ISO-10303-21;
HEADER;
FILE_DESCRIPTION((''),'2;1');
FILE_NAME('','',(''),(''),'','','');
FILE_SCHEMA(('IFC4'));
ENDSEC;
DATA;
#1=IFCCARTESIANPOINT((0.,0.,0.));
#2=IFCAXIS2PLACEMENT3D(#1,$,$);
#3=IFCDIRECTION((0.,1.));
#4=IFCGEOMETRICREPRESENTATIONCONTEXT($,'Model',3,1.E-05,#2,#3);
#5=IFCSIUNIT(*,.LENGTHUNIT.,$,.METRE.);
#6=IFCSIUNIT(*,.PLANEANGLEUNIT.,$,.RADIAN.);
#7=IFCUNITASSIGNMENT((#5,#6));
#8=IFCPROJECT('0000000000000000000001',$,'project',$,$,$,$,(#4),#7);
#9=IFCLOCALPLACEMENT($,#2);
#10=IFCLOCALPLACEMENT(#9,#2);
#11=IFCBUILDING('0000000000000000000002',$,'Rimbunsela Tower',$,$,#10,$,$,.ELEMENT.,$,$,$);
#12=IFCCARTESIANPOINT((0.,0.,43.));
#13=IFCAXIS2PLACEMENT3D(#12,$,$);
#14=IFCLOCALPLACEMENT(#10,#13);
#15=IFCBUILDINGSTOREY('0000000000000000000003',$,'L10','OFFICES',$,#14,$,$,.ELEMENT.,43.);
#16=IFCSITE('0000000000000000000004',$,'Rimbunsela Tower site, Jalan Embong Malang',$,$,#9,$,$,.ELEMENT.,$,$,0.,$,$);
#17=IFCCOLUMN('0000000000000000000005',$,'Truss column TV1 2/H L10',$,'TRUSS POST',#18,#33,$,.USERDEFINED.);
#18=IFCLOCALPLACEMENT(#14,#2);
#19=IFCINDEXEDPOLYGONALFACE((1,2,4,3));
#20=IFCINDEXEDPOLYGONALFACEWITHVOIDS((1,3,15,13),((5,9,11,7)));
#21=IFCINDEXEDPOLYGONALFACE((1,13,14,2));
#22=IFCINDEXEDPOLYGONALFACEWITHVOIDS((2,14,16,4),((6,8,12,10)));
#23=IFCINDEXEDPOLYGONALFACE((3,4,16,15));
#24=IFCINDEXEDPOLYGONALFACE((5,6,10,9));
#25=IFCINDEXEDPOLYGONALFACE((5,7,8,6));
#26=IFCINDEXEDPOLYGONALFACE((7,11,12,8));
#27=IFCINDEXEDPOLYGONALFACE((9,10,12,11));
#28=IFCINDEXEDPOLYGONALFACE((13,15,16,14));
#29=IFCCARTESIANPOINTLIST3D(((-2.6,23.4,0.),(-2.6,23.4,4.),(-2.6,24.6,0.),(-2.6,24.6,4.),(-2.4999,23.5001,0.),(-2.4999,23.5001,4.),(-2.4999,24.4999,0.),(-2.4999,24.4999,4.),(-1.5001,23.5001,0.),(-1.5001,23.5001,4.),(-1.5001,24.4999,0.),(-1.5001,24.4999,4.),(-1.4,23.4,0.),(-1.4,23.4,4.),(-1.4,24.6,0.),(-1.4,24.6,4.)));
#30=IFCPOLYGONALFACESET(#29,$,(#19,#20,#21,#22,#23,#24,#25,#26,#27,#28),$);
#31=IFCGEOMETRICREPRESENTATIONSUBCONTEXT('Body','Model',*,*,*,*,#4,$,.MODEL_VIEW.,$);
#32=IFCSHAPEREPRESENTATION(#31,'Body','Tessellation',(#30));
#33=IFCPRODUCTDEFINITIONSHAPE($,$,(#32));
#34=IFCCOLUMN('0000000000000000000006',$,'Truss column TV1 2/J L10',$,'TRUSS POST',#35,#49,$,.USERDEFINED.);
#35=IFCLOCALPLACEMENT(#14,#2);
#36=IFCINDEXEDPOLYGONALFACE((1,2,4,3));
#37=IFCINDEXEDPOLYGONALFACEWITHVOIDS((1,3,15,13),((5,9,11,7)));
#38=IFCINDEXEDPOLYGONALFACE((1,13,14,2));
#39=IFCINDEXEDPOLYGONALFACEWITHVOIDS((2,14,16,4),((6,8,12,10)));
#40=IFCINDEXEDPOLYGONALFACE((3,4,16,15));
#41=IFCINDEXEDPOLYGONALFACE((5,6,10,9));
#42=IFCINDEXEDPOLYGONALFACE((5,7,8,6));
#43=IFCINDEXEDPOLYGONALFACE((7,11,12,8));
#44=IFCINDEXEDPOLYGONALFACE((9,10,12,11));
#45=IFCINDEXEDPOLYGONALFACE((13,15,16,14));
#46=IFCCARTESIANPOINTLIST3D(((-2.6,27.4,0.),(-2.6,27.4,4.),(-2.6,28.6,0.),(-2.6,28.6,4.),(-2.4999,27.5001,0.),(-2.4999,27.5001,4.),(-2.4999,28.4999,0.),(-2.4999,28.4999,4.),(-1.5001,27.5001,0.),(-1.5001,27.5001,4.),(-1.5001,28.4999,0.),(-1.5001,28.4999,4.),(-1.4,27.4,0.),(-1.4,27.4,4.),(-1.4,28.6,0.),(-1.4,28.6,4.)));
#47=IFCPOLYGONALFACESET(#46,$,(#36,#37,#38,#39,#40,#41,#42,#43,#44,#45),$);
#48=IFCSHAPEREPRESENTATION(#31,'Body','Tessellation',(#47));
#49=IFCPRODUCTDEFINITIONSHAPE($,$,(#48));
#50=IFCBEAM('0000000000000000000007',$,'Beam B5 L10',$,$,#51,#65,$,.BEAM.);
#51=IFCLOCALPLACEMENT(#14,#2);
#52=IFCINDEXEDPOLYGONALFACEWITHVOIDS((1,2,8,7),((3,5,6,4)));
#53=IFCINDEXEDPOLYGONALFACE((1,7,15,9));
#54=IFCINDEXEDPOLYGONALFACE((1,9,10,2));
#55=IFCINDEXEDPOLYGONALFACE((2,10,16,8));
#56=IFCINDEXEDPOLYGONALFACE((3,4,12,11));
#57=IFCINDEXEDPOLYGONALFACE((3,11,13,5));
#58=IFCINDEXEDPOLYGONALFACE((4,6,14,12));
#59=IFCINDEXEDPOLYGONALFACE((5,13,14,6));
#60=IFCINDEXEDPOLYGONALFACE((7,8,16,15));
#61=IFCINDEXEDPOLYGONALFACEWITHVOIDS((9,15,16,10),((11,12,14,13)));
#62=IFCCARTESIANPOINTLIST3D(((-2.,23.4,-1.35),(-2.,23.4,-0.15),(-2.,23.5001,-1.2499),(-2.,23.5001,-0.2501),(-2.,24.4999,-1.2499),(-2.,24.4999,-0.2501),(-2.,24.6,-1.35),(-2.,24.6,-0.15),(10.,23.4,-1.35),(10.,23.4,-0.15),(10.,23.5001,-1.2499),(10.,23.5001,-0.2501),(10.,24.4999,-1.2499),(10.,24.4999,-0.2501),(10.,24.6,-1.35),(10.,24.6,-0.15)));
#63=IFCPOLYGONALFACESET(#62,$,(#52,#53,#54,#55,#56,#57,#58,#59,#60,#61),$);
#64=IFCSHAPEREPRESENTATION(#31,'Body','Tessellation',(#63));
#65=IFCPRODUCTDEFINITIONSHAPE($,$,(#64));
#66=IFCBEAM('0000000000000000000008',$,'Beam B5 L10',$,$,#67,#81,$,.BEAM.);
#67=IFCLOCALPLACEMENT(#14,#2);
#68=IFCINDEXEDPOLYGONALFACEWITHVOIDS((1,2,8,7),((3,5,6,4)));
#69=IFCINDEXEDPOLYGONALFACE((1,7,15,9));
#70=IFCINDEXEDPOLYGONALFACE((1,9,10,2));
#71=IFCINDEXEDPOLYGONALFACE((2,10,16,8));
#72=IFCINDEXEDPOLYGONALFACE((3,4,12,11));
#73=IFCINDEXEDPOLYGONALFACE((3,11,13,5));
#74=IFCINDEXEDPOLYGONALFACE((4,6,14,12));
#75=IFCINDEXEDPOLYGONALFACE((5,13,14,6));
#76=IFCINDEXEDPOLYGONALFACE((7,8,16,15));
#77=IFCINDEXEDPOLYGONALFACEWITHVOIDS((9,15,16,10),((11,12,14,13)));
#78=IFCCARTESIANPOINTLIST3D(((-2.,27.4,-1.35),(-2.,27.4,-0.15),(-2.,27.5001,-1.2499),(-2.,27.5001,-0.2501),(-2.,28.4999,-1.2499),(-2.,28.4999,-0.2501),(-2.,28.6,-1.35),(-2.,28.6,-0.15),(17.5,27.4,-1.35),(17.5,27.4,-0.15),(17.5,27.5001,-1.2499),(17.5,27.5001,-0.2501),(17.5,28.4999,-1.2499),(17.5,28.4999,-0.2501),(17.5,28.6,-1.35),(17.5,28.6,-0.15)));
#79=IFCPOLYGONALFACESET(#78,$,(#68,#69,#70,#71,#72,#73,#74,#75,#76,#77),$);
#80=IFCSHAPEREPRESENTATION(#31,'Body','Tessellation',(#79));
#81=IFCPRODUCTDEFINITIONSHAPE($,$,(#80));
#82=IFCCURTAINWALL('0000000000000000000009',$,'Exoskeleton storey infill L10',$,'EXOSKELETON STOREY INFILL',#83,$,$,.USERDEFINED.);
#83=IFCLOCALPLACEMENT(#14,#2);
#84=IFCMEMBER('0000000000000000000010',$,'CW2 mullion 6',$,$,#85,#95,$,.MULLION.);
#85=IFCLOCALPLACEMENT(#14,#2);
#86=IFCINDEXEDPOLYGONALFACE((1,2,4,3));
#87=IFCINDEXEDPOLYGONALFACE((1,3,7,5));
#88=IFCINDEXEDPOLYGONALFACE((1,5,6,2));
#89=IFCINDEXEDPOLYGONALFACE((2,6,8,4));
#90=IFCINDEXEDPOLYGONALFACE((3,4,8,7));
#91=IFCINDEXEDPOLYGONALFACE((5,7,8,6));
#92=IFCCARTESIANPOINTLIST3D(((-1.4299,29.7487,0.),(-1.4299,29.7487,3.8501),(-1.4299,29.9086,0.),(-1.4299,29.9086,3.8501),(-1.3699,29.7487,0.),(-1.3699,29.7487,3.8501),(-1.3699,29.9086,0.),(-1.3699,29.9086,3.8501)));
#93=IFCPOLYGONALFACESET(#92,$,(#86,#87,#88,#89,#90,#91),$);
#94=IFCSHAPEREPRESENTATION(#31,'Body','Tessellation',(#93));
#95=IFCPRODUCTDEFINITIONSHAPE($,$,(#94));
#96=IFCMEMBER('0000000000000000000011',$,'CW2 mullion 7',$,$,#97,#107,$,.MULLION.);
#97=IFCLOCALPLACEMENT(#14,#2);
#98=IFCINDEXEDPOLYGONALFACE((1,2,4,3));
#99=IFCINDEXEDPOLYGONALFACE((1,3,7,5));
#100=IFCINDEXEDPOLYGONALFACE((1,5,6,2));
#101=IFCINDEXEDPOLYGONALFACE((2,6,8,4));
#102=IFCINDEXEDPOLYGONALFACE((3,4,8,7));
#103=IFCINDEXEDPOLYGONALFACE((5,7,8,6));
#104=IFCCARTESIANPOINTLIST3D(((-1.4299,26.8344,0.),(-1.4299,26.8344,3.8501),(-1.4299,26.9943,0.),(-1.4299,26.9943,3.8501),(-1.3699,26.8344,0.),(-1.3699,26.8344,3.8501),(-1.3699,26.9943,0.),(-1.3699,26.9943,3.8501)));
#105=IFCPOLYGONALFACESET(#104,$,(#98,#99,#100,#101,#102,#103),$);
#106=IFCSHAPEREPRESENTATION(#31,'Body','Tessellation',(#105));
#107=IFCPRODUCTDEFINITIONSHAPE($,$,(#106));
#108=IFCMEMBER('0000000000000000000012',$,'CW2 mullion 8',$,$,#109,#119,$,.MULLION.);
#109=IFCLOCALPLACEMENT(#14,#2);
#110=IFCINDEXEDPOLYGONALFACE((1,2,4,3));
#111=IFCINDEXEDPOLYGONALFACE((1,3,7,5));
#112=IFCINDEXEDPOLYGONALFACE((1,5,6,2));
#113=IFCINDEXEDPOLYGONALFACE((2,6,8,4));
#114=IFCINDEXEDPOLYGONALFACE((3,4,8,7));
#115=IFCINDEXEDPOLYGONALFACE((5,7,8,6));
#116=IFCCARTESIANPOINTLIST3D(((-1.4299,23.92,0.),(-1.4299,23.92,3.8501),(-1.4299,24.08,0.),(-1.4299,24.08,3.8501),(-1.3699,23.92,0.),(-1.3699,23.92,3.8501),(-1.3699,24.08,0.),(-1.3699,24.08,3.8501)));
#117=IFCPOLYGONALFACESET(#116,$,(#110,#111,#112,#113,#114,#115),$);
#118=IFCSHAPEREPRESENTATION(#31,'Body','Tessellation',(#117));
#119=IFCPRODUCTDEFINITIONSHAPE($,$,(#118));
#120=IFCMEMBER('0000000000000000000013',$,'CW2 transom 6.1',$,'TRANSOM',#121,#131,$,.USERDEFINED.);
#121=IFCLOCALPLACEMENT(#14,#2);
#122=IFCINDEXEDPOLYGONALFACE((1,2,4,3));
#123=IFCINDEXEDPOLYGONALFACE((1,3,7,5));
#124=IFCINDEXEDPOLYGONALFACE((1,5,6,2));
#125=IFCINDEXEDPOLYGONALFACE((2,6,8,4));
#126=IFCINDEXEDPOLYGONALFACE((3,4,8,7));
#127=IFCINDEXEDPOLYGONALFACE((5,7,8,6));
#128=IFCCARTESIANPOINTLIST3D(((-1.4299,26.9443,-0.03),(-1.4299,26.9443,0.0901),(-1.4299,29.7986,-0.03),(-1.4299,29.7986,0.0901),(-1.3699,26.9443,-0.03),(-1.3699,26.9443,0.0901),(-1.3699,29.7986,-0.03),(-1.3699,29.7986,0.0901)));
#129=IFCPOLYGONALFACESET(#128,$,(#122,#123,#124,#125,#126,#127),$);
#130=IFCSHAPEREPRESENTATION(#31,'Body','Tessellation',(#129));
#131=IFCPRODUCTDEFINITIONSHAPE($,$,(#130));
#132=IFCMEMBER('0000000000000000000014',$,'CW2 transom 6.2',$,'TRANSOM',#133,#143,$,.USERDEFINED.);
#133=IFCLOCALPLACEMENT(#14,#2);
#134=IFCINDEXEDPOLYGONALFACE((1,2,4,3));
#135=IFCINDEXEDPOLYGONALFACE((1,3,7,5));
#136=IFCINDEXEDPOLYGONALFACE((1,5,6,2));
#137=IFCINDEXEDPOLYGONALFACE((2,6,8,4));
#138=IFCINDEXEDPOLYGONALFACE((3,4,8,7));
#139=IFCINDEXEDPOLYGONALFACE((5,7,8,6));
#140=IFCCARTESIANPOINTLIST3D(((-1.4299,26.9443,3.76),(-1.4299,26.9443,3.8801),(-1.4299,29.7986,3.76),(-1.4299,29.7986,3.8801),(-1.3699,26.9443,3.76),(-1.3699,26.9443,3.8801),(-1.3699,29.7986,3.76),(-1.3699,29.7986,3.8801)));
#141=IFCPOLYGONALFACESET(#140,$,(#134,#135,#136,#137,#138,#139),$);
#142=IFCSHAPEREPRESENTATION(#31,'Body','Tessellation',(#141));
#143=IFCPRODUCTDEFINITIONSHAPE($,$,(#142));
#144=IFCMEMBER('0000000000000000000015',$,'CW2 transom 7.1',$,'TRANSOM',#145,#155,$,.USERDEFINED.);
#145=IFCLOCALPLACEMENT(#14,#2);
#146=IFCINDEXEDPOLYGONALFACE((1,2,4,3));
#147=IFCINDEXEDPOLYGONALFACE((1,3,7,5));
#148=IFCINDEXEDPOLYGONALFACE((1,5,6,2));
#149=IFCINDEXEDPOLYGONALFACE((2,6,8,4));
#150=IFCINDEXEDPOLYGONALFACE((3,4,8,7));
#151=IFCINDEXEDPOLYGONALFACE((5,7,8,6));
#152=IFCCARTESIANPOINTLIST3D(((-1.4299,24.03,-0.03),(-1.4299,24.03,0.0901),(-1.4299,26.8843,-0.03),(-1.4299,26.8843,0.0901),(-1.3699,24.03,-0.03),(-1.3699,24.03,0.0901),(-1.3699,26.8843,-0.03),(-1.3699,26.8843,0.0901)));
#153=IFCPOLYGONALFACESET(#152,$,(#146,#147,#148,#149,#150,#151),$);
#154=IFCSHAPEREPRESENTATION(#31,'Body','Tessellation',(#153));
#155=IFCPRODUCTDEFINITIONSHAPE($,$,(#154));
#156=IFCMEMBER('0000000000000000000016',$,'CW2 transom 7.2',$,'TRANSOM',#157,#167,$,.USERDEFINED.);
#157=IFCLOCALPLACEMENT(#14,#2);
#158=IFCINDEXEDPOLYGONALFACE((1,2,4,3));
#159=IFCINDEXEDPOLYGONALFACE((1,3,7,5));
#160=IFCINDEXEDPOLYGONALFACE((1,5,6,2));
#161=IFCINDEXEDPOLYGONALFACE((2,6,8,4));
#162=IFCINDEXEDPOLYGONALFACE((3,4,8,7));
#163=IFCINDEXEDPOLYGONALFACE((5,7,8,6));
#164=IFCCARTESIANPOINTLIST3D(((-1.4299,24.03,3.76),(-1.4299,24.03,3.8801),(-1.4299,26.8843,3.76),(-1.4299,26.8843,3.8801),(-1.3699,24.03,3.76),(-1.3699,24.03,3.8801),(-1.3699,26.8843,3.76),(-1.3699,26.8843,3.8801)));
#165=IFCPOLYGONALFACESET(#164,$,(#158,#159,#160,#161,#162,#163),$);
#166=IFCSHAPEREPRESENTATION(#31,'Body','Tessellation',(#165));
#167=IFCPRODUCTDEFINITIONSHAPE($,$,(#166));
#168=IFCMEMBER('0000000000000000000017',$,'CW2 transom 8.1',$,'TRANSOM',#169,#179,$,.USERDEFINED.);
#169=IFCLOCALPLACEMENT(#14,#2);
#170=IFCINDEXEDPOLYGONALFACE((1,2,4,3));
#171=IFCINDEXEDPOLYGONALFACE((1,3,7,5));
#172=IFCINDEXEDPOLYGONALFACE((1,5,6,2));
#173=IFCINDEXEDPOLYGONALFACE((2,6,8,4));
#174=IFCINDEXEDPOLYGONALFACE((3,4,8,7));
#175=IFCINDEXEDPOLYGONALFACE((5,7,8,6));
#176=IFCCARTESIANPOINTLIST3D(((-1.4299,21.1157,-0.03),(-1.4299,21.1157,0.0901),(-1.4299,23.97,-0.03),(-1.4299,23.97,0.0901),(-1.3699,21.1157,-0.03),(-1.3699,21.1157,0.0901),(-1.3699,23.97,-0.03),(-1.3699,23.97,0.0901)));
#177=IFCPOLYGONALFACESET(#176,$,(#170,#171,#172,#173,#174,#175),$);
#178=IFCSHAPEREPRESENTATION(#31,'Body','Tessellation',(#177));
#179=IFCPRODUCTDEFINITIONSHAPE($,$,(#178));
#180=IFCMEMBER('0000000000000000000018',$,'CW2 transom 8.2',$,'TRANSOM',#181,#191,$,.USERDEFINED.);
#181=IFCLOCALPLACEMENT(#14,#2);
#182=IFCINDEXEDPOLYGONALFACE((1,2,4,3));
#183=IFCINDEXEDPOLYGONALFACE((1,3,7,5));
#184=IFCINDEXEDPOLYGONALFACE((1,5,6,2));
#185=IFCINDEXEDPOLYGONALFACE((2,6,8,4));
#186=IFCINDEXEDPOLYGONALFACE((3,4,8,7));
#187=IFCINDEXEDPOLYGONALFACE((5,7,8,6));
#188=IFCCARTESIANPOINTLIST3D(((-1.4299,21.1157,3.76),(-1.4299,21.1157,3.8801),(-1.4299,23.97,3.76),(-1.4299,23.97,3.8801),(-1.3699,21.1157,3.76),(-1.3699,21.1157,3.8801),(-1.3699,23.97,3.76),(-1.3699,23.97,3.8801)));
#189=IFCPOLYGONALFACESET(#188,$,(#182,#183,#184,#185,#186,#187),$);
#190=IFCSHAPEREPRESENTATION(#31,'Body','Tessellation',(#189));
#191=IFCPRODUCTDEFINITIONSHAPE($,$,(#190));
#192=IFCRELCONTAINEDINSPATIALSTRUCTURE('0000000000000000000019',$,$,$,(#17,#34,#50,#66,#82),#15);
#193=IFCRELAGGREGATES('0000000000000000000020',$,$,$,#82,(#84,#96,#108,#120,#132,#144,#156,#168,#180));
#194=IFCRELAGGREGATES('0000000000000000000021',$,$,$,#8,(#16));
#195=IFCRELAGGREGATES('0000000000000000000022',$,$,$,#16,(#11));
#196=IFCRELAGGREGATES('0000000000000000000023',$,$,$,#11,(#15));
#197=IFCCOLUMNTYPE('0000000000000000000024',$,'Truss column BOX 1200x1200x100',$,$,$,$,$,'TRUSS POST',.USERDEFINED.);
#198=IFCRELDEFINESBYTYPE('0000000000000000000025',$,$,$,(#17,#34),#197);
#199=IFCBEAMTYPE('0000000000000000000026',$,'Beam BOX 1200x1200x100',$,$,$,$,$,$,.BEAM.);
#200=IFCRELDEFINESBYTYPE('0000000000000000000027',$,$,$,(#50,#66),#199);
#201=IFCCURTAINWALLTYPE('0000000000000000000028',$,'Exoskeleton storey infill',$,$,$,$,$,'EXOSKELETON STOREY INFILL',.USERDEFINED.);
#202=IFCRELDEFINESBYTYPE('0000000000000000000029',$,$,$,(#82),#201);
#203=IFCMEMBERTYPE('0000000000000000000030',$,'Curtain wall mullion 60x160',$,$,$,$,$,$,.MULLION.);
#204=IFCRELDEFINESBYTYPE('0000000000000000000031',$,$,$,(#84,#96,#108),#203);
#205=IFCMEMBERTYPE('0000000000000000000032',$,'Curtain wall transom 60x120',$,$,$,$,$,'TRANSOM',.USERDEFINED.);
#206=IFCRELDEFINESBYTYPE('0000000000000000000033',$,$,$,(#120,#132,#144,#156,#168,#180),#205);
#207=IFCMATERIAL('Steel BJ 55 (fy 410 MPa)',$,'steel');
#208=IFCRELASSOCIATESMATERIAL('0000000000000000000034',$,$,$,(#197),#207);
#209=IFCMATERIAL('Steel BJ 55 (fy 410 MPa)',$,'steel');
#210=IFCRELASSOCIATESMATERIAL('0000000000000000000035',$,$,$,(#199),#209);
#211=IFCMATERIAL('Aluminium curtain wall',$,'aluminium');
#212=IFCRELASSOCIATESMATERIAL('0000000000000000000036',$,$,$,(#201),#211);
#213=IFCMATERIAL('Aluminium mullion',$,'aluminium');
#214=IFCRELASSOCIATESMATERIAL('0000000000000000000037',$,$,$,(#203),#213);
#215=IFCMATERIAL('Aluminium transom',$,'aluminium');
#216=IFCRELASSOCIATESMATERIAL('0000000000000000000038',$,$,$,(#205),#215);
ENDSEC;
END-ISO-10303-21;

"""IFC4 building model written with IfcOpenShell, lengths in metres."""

from ifc_helpers import new_model, si_unit, direction, frame, origin, origin_2d, place, context, subcontext, project, spatial, rectangle, hollow_rectangle, extrude, material, material_profile, profile_set, type_object, element, aggregate, save


model = new_model("IFC4")

# Units and contexts
model_context = context("Model", 3, precision=1e-05, world=origin(), true_north=direction((0.0, 1.0)))
body_context = subcontext(model_context, "Body", "Model", "MODEL_VIEW")
ifc_project = project(units=[si_unit("LENGTHUNIT", "METRE"), si_unit("PLANEANGLEUNIT", "RADIAN")], contexts=[model_context])

# Site, building, storey
site_placement = place(None, origin())
site = spatial("IfcSite", under=ifc_project, at=site_placement, Name="Rimbunsela Tower site, Jalan Embong Malang", CompositionType="ELEMENT", RefElevation=0.0)
building_placement = place(site_placement, origin())
building = spatial("IfcBuilding", under=site, at=building_placement, Name="Rimbunsela Tower", CompositionType="ELEMENT")
storey_placement = place(building_placement, frame((0.0, 0.0, 43.0)))
storey = spatial("IfcBuildingStorey", under=building, at=storey_placement, Name="L10", Description="OFFICES", CompositionType="ELEMENT", Elevation=43.0)

# Columns
ifc_material_1 = material(Name="Steel BJ 55 (fy 410 MPa)", Category="steel")
ifc_material_profile_1 = material_profile(ifc_material_1, hollow_rectangle(XDim=1.2, YDim=1.2, WallThickness=0.1001, at=origin_2d()), Name="BOX 1200x1200x100")
ifc_profile_set_1 = profile_set([ifc_material_profile_1], Name="Steel BJ 55 (fy 410 MPa)")
column_type = type_object("IfcColumnType", Name="Truss column BOX 1200x1200x100", ElementType="TRUSS POST", PredefinedType="USERDEFINED", material=ifc_profile_set_1)
for number, where, z_axis, x_axis, name in (
    (1, (-2.0, 24.0, 0.0), (0.0, 0.0, 1.0), (1.0, 0.0, 0.0), "Truss column TV1 2/H L10"),
    (2, (-2.0, 28.0, 0.0), (0.0, 0.0, 1.0), (1.0, 0.0, 0.0), "Truss column TV1 2/J L10"),
):
    element("IfcColumn", number, at=place(storey_placement, frame(where, z_axis=z_axis, x_axis=x_axis)), inside=storey, type_object=column_type, Name=name, ObjectType="TRUSS POST", PredefinedType="USERDEFINED", context=body_context, shape_type="SweptSolid", body=[
        extrude(hollow_rectangle(XDim=1.2, YDim=1.2, WallThickness=0.1001, at=origin_2d()), origin(), (0.0, 0.0, 1.0), 4.0),
    ])

# Beams
ifc_material_2 = material(Name="Steel BJ 55 (fy 410 MPa)", Category="steel")
ifc_material_profile_2 = material_profile(ifc_material_2, hollow_rectangle(XDim=1.2, YDim=1.2, WallThickness=0.1001, at=origin_2d()), Name="BOX 1200x1200x100")
ifc_profile_set_2 = profile_set([ifc_material_profile_2], Name="Steel BJ 55 (fy 410 MPa)")
beam_type_1 = type_object("IfcBeamType", Name="Beam BOX 1200x1200x100", PredefinedType="BEAM", material=ifc_profile_set_2)
beam_1_placement = place(storey_placement, frame((-2.0, 24.0, -0.75), z_axis=(1.0, 0.0, 0.0), x_axis=(0.0, 1.0, 0.0)))
element("IfcBeam", 3, at=beam_1_placement, inside=storey, type_object=beam_type_1, Name="Beam B5 L10", PredefinedType="BEAM", context=body_context, shape_type="SweptSolid", body=[
    extrude(hollow_rectangle(XDim=1.2, YDim=1.2, WallThickness=0.1001, at=origin_2d()), origin(), (0.0, 0.0, 1.0), 12.0),
])
beam_2_placement = place(storey_placement, frame((-2.0, 28.0, -0.75), z_axis=(1.0, 0.0, 0.0), x_axis=(0.0, 1.0, 0.0)))
element("IfcBeam", 4, at=beam_2_placement, inside=storey, type_object=beam_type_1, Name="Beam B5 L10", PredefinedType="BEAM", context=body_context, shape_type="SweptSolid", body=[
    extrude(hollow_rectangle(XDim=1.2, YDim=1.2, WallThickness=0.1001, at=origin_2d()), origin(), (0.0, 0.0, 1.0), 19.5),
])

# Curtain wall, members
ifc_material_3 = material(Name="Aluminium curtain wall", Category="aluminium")
curtain_wall_type = type_object("IfcCurtainWallType", Name="Exoskeleton storey infill", ElementType="EXOSKELETON STOREY INFILL", PredefinedType="USERDEFINED", material=ifc_material_3)
curtain_wall_placement = place(storey_placement, origin())
curtain_wall = element("IfcCurtainWall", 5, at=curtain_wall_placement, inside=storey, type_object=curtain_wall_type, Name="Exoskeleton storey infill L10", ObjectType="EXOSKELETON STOREY INFILL", PredefinedType="USERDEFINED")
ifc_material_4 = material(Name="Aluminium mullion", Category="aluminium")
ifc_material_profile_3 = material_profile(ifc_material_4, rectangle(XDim=0.0601, YDim=0.1599, at=origin_2d()), Name="Mullion 60x160")
ifc_profile_set_3 = profile_set([ifc_material_profile_3], Name="Aluminium mullion")
member_type_1 = type_object("IfcMemberType", Name="Curtain wall mullion 60x160", PredefinedType="MULLION", material=ifc_profile_set_3)
member_1_placement = place(storey_placement, frame((-1.3999, 29.8286, 0.0), z_axis=(0.0, 0.0, 1.0), x_axis=(1.0, 0.0, 0.0)))
member_1 = element("IfcMember", 6, at=member_1_placement, type_object=member_type_1, Name="CW2 mullion 6", PredefinedType="MULLION", context=body_context, shape_type="SweptSolid", body=[
    extrude(rectangle(XDim=0.0601, YDim=0.1599, at=origin_2d()), origin(), (0.0, 0.0, 1.0), 3.8501),
])
member_2_placement = place(storey_placement, frame((-1.3999, 26.9143, 0.0), z_axis=(0.0, 0.0, 1.0), x_axis=(1.0, 0.0, 0.0)))
member_2 = element("IfcMember", 7, at=member_2_placement, type_object=member_type_1, Name="CW2 mullion 7", PredefinedType="MULLION", context=body_context, shape_type="SweptSolid", body=[
    extrude(rectangle(XDim=0.0601, YDim=0.1599, at=origin_2d()), origin(), (0.0, 0.0, 1.0), 3.8501),
])
member_3_placement = place(storey_placement, frame((-1.3999, 24.0, 0.0), z_axis=(0.0, 0.0, 1.0), x_axis=(1.0, 0.0, 0.0)))
member_3 = element("IfcMember", 8, at=member_3_placement, type_object=member_type_1, Name="CW2 mullion 8", PredefinedType="MULLION", context=body_context, shape_type="SweptSolid", body=[
    extrude(rectangle(XDim=0.0601, YDim=0.1599, at=origin_2d()), origin(), (0.0, 0.0, 1.0), 3.8501),
])
ifc_material_5 = material(Name="Aluminium transom", Category="aluminium")
ifc_material_profile_4 = material_profile(ifc_material_5, rectangle(XDim=0.0601, YDim=0.1201, at=origin_2d()), Name="Transom 60x120")
ifc_profile_set_4 = profile_set([ifc_material_profile_4], Name="Aluminium transom")
member_type_2 = type_object("IfcMemberType", Name="Curtain wall transom 60x120", ElementType="TRANSOM", PredefinedType="USERDEFINED", material=ifc_profile_set_4)
member_4_placement = place(storey_placement, frame((-1.3999, 29.7986, 0.03), z_axis=(0.0, -1.0, 0.0), x_axis=(1.0, 0.0, 0.0)))
member_4 = element("IfcMember", 9, at=member_4_placement, type_object=member_type_2, Name="CW2 transom 6.1", ObjectType="TRANSOM", PredefinedType="USERDEFINED", context=body_context, shape_type="SweptSolid", body=[
    extrude(rectangle(XDim=0.0601, YDim=0.1201, at=origin_2d()), origin(), (0.0, 0.0, 1.0), 2.8542),
])
member_5_placement = place(storey_placement, frame((-1.3999, 29.7986, 3.8201), z_axis=(0.0, -1.0, 0.0), x_axis=(1.0, 0.0, 0.0)))
member_5 = element("IfcMember", 10, at=member_5_placement, type_object=member_type_2, Name="CW2 transom 6.2", ObjectType="TRANSOM", PredefinedType="USERDEFINED", context=body_context, shape_type="SweptSolid", body=[
    extrude(rectangle(XDim=0.0601, YDim=0.1201, at=origin_2d()), origin(), (0.0, 0.0, 1.0), 2.8542),
])
member_6_placement = place(storey_placement, frame((-1.3999, 26.8843, 0.03), z_axis=(0.0, -1.0, 0.0), x_axis=(1.0, 0.0, 0.0)))
member_6 = element("IfcMember", 11, at=member_6_placement, type_object=member_type_2, Name="CW2 transom 7.1", ObjectType="TRANSOM", PredefinedType="USERDEFINED", context=body_context, shape_type="SweptSolid", body=[
    extrude(rectangle(XDim=0.0601, YDim=0.1201, at=origin_2d()), origin(), (0.0, 0.0, 1.0), 2.8542),
])
member_7_placement = place(storey_placement, frame((-1.3999, 26.8843, 3.8201), z_axis=(0.0, -1.0, 0.0), x_axis=(1.0, 0.0, 0.0)))
member_7 = element("IfcMember", 12, at=member_7_placement, type_object=member_type_2, Name="CW2 transom 7.2", ObjectType="TRANSOM", PredefinedType="USERDEFINED", context=body_context, shape_type="SweptSolid", body=[
    extrude(rectangle(XDim=0.0601, YDim=0.1201, at=origin_2d()), origin(), (0.0, 0.0, 1.0), 2.8542),
])
member_8_placement = place(storey_placement, frame((-1.3999, 23.97, 0.03), z_axis=(0.0, -1.0, 0.0), x_axis=(1.0, 0.0, 0.0)))
member_8 = element("IfcMember", 13, at=member_8_placement, type_object=member_type_2, Name="CW2 transom 8.1", ObjectType="TRANSOM", PredefinedType="USERDEFINED", context=body_context, shape_type="SweptSolid", body=[
    extrude(rectangle(XDim=0.0601, YDim=0.1201, at=origin_2d()), origin(), (0.0, 0.0, 1.0), 2.8542),
])
member_9_placement = place(storey_placement, frame((-1.3999, 23.97, 3.8201), z_axis=(0.0, -1.0, 0.0), x_axis=(1.0, 0.0, 0.0)))
member_9 = element("IfcMember", 14, at=member_9_placement, type_object=member_type_2, Name="CW2 transom 8.2", ObjectType="TRANSOM", PredefinedType="USERDEFINED", context=body_context, shape_type="SweptSolid", body=[
    extrude(rectangle(XDim=0.0601, YDim=0.1201, at=origin_2d()), origin(), (0.0, 0.0, 1.0), 2.8542),
])

aggregate(curtain_wall, [member_1, member_2, member_3, member_4, member_5, member_6, member_7, member_8, member_9])

save(model, "model.ifc")
